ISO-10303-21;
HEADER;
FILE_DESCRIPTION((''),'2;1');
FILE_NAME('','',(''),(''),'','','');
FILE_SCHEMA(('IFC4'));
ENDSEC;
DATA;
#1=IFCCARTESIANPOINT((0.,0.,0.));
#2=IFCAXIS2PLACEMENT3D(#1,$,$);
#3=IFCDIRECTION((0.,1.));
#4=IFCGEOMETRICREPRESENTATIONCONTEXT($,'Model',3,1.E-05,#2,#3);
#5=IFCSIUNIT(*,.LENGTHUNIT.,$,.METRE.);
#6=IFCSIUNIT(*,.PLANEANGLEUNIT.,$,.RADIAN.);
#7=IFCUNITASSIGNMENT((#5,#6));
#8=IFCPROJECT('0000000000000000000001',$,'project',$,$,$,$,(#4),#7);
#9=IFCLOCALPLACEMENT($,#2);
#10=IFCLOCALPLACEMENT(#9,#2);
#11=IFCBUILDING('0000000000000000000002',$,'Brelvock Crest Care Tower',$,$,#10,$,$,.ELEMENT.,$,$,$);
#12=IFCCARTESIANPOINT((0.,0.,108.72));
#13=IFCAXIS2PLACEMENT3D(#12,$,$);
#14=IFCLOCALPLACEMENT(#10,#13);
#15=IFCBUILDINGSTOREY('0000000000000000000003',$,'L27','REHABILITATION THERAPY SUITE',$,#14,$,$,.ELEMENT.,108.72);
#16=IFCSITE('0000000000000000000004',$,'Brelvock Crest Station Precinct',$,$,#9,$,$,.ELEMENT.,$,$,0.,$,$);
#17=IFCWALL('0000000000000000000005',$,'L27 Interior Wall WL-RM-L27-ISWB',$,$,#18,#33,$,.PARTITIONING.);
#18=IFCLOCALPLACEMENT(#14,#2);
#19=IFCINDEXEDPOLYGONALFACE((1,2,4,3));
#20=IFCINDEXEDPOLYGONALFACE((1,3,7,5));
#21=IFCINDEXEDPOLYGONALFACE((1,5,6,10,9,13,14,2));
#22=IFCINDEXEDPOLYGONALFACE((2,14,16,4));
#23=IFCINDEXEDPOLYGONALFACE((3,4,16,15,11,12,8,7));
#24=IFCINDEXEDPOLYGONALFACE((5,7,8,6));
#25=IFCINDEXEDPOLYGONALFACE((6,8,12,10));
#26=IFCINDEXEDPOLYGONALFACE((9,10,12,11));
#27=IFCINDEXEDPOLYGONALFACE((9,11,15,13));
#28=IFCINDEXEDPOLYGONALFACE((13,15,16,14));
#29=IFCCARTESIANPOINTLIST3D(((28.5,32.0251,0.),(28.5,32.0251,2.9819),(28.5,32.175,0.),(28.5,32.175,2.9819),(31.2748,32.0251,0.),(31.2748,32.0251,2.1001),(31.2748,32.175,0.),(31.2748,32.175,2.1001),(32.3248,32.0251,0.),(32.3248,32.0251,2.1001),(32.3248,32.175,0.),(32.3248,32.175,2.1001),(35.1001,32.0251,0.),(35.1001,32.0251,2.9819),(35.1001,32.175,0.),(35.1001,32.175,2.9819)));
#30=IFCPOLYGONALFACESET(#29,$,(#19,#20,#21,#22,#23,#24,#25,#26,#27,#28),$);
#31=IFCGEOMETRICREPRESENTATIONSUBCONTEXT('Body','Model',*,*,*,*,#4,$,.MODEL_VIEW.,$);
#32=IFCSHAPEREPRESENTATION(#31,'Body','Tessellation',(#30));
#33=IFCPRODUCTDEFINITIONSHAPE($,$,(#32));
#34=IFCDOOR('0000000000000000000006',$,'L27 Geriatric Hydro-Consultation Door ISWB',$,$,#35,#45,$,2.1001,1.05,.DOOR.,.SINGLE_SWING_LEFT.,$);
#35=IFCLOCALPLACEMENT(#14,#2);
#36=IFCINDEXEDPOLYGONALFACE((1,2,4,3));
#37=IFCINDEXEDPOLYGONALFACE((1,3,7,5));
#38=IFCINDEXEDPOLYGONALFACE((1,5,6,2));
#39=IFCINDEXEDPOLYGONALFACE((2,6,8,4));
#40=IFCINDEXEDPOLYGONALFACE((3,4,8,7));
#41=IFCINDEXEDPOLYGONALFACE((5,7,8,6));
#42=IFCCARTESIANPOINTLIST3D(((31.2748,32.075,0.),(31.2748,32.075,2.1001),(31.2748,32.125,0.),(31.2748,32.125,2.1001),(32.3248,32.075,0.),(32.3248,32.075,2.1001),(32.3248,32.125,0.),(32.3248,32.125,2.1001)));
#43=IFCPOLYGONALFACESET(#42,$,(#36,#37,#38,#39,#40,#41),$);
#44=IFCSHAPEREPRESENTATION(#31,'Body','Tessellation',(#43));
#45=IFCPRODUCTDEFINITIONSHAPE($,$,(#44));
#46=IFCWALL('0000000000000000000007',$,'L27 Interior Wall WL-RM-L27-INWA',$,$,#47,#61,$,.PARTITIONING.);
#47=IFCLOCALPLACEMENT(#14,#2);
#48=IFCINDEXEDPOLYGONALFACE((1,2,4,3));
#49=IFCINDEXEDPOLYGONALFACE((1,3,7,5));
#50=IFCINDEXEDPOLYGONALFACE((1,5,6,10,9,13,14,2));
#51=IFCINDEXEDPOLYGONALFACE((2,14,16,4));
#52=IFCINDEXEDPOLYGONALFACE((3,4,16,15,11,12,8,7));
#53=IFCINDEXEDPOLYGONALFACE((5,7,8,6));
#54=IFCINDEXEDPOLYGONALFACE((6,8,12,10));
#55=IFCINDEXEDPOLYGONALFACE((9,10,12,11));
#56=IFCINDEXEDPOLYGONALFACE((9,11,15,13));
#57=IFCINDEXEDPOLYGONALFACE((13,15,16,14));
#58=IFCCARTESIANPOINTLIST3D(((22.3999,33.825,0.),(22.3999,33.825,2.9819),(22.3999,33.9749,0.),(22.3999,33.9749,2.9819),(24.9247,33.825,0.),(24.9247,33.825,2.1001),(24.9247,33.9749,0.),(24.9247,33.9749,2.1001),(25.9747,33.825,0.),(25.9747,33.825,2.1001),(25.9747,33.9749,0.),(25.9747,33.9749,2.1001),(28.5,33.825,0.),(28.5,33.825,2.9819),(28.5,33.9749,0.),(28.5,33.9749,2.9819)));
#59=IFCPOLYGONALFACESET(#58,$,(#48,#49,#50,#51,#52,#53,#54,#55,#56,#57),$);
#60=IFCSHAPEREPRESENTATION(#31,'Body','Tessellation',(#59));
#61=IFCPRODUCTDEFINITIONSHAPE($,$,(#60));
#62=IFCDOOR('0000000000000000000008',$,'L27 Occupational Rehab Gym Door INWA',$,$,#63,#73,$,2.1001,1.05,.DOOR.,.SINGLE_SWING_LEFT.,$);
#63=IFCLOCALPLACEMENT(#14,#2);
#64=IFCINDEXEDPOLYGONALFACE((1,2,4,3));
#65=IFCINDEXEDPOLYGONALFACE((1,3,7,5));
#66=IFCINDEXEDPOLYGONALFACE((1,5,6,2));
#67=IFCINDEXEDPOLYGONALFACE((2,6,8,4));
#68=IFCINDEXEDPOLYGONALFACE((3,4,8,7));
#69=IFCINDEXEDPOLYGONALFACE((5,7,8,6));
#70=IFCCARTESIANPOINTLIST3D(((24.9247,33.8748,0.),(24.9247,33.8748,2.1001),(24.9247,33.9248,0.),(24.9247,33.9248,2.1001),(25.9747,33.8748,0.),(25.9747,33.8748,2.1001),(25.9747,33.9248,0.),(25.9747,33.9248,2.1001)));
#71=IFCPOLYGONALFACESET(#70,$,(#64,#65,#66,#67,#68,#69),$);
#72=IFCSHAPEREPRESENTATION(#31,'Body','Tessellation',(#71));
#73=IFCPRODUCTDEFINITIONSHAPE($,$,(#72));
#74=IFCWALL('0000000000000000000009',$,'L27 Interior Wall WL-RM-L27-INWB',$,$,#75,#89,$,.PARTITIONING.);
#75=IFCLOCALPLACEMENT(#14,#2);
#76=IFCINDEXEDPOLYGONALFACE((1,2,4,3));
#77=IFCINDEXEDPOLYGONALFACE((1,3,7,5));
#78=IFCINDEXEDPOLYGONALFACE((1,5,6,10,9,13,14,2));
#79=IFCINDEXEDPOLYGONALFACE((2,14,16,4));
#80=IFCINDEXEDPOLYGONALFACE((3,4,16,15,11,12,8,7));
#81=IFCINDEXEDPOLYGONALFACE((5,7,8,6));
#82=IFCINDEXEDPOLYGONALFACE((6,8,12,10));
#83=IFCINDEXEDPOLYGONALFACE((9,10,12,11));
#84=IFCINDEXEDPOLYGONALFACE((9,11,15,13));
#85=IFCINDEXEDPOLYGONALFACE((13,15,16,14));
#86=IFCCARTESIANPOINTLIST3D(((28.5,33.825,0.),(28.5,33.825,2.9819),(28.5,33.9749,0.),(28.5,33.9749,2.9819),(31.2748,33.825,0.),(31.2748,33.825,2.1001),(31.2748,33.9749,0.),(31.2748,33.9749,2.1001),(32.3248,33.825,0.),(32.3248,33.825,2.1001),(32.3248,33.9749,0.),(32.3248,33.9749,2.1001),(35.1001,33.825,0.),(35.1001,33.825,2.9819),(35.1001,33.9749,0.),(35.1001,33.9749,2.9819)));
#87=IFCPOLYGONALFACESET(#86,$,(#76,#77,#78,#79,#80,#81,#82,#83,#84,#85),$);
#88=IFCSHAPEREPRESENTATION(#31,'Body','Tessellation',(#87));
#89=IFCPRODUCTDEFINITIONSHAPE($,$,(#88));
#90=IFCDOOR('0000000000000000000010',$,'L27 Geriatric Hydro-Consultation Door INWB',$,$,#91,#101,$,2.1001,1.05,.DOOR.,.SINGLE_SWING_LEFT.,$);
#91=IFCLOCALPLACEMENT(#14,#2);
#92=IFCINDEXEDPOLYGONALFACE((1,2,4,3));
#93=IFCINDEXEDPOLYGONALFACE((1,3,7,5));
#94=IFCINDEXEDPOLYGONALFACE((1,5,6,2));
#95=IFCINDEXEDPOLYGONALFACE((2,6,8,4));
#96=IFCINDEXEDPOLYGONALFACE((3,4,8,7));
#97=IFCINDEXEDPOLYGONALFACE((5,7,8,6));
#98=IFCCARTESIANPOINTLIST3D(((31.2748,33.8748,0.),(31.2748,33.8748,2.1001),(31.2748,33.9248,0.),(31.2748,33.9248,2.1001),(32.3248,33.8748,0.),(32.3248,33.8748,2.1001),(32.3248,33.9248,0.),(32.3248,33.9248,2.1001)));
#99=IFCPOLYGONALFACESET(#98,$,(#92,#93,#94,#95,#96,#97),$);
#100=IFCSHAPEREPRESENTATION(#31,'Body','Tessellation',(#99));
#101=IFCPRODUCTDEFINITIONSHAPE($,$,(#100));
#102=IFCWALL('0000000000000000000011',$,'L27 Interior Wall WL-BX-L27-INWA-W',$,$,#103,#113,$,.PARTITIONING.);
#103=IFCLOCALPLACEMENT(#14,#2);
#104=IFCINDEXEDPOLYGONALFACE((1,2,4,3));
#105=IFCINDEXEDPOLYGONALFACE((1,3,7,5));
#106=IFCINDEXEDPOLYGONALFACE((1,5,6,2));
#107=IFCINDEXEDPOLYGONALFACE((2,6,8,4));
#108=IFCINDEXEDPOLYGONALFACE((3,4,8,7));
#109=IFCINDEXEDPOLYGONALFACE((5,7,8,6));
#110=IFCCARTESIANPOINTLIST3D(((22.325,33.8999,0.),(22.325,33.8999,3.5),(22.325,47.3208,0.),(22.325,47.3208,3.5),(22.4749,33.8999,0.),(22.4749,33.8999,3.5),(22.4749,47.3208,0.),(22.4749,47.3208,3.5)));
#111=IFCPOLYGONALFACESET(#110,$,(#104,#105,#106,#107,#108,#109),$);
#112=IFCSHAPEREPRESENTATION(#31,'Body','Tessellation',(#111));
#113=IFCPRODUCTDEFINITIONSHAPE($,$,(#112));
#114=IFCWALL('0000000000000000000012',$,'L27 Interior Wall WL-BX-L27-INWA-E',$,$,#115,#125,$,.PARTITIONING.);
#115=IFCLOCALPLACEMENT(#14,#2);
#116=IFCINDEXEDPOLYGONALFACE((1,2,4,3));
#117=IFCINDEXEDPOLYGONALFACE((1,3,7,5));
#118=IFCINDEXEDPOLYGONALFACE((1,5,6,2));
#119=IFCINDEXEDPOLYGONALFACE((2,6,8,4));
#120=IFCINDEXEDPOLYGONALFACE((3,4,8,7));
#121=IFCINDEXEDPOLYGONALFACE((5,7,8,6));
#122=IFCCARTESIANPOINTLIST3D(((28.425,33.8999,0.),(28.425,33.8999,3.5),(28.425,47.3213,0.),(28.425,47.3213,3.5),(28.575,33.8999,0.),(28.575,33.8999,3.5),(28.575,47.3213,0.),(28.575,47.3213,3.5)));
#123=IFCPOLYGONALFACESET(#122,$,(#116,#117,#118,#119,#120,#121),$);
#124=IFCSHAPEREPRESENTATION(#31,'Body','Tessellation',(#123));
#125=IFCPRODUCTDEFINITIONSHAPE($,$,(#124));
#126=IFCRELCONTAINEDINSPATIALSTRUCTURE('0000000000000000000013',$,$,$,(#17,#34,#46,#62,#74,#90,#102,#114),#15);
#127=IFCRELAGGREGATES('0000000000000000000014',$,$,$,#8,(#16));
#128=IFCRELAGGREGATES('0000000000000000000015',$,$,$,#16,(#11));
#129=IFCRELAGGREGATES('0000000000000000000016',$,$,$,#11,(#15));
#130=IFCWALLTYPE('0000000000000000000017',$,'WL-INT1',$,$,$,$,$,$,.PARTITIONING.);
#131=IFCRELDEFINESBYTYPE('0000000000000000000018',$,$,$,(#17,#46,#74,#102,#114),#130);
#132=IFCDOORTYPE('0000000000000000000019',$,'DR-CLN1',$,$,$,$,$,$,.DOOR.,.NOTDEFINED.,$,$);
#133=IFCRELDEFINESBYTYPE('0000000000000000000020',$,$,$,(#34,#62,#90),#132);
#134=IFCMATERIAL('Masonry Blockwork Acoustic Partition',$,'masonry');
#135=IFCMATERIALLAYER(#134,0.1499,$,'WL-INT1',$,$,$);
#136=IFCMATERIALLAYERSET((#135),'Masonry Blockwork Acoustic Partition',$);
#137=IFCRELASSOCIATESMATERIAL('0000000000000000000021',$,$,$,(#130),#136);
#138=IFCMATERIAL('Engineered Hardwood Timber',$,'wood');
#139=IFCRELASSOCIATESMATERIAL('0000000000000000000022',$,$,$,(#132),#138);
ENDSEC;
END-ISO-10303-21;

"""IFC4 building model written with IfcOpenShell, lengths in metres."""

from ifc_helpers import new_model, si_unit, direction, frame, frame_2d, origin, origin_2d, place, context, subcontext, project, spatial, rectangle, extrude, source, transform, mapped, material, layer, layer_set, type_object, element, fill, save


model = new_model("IFC4")

# Units and contexts
model_context = context("Model", 3, precision=1e-05, world=origin(), true_north=direction((0.0, 1.0)))
body_context = subcontext(model_context, "Body", "Model", "MODEL_VIEW")
ifc_project = project(units=[si_unit("LENGTHUNIT", "METRE"), si_unit("PLANEANGLEUNIT", "RADIAN")], contexts=[model_context])

# Site, building, storey
site_placement = place(None, origin())
site = spatial("IfcSite", under=ifc_project, at=site_placement, Name="Brelvock Crest Station Precinct", CompositionType="ELEMENT", RefElevation=0.0)
building_placement = place(site_placement, origin())
building = spatial("IfcBuilding", under=site, at=building_placement, Name="Brelvock Crest Care Tower", CompositionType="ELEMENT")
storey_placement = place(building_placement, frame((0.0, 0.0, 108.72)))
storey = spatial("IfcBuildingStorey", under=building, at=storey_placement, Name="L27", Description="REHABILITATION THERAPY SUITE", CompositionType="ELEMENT", Elevation=108.72)

# Walls, openings, doors
ifc_material_1 = material(Name="Masonry Blockwork Acoustic Partition", Category="masonry")
ifc_layer = layer(ifc_material_1, 0.1499, Name="WL-INT1")
ifc_layer_set = layer_set([ifc_layer], Name="Masonry Blockwork Acoustic Partition")
wall_type = type_object("IfcWallType", Name="WL-INT1", PredefinedType="PARTITIONING", material=ifc_layer_set)
ifc_material_2 = material(Name="Engineered Hardwood Timber", Category="wood")
door_type = type_object("IfcDoorType", Name="DR-CLN1", OperationType="NOTDEFINED", PredefinedType="DOOR", material=ifc_material_2)
shared_shape_1 = source(origin(), body_context, "Body", "SweptSolid", [
    extrude(rectangle(XDim=1.05, YDim=2.1001, at=origin_2d()), frame((0.5249, 0.0249, 1.05), z_axis=(0.0, -1.0, 0.0), x_axis=(1.0, 0.0, 0.0)), (0.0, 0.0, 1.0), 0.05),
])
wall_1_placement = place(storey_placement, frame((28.5, 32.1001, 0.0), z_axis=(0.0, 0.0, 1.0), x_axis=(1.0, 0.0, 0.0)))
wall_1 = element("IfcWall", 1, at=wall_1_placement, inside=storey, type_object=wall_type, Name="L27 Interior Wall WL-RM-L27-ISWB", PredefinedType="PARTITIONING", context=body_context, shape_type="SweptSolid", body=[
    extrude(rectangle(XDim=6.6001, YDim=0.1499, at=frame_2d((3.3, 0.0))), origin(), (0.0, 0.0, 1.0), 2.9819),
])
opening_1_placement = place(wall_1_placement, frame((2.7749, 0.0, 0.0)))
opening_1 = element("IfcOpeningElement", 2, at=opening_1_placement, cuts=wall_1, PredefinedType="OPENING", context=body_context, shape_type="SweptSolid", body=[
    extrude(rectangle(XDim=1.05, YDim=2.1001, at=origin_2d()), frame((0.5249, 0.085, 1.05), z_axis=(0.0, -1.0, 0.0), x_axis=(1.0, 0.0, 0.0)), (0.0, 0.0, 1.0), 0.1699),
])
door_1_placement = place(opening_1_placement, origin())
door_1 = element("IfcDoor", 3, at=door_1_placement, inside=storey, type_object=door_type, Name="L27 Geriatric Hydro-Consultation Door ISWB", OperationType="SINGLE_SWING_LEFT", OverallHeight=2.1001, OverallWidth=1.05, PredefinedType="DOOR", context=body_context, shape_type="MappedRepresentation", body=[
    mapped(shared_shape_1, transform((0.0, 0.0, 0.0), x_axis=(1.0, 0.0, 0.0), y_axis=(0.0, 1.0, 0.0), z_axis=(0.0, 0.0, 1.0), scale=1.0)),
])
fill(opening_1, door_1)
wall_2_placement = place(storey_placement, frame((22.3999, 33.8999, 0.0), z_axis=(0.0, 0.0, 1.0), x_axis=(1.0, 0.0, 0.0)))
wall_2 = element("IfcWall", 4, at=wall_2_placement, inside=storey, type_object=wall_type, Name="L27 Interior Wall WL-RM-L27-INWA", PredefinedType="PARTITIONING", context=body_context, shape_type="SweptSolid", body=[
    extrude(rectangle(XDim=6.1001, YDim=0.1499, at=frame_2d((3.05, 0.0))), origin(), (0.0, 0.0, 1.0), 2.9819),
])
opening_2_placement = place(wall_2_placement, frame((2.5249, 0.0, 0.0)))
opening_2 = element("IfcOpeningElement", 5, at=opening_2_placement, cuts=wall_2, PredefinedType="OPENING", context=body_context, shape_type="SweptSolid", body=[
    extrude(rectangle(XDim=1.05, YDim=2.1001, at=origin_2d()), frame((0.5249, 0.085, 1.05), z_axis=(0.0, -1.0, 0.0), x_axis=(1.0, 0.0, 0.0)), (0.0, 0.0, 1.0), 0.1699),
])
door_2_placement = place(opening_2_placement, origin())
door_2 = element("IfcDoor", 6, at=door_2_placement, inside=storey, type_object=door_type, Name="L27 Occupational Rehab Gym Door INWA", OperationType="SINGLE_SWING_LEFT", OverallHeight=2.1001, OverallWidth=1.05, PredefinedType="DOOR", context=body_context, shape_type="MappedRepresentation", body=[
    mapped(shared_shape_1, transform((0.0, 0.0, 0.0), x_axis=(1.0, 0.0, 0.0), y_axis=(0.0, 1.0, 0.0), z_axis=(0.0, 0.0, 1.0), scale=1.0)),
])
fill(opening_2, door_2)
wall_3_placement = place(storey_placement, frame((28.5, 33.8999, 0.0), z_axis=(0.0, 0.0, 1.0), x_axis=(1.0, 0.0, 0.0)))
wall_3 = element("IfcWall", 7, at=wall_3_placement, inside=storey, type_object=wall_type, Name="L27 Interior Wall WL-RM-L27-INWB", PredefinedType="PARTITIONING", context=body_context, shape_type="SweptSolid", body=[
    extrude(rectangle(XDim=6.6001, YDim=0.1499, at=frame_2d((3.3, 0.0))), origin(), (0.0, 0.0, 1.0), 2.9819),
])
opening_3_placement = place(wall_3_placement, frame((2.7749, 0.0, 0.0)))
opening_3 = element("IfcOpeningElement", 8, at=opening_3_placement, cuts=wall_3, PredefinedType="OPENING", context=body_context, shape_type="SweptSolid", body=[
    extrude(rectangle(XDim=1.05, YDim=2.1001, at=origin_2d()), frame((0.5249, 0.085, 1.05), z_axis=(0.0, -1.0, 0.0), x_axis=(1.0, 0.0, 0.0)), (0.0, 0.0, 1.0), 0.1699),
])
door_3_placement = place(opening_3_placement, origin())
door_3 = element("IfcDoor", 9, at=door_3_placement, inside=storey, type_object=door_type, Name="L27 Geriatric Hydro-Consultation Door INWB", OperationType="SINGLE_SWING_LEFT", OverallHeight=2.1001, OverallWidth=1.05, PredefinedType="DOOR", context=body_context, shape_type="MappedRepresentation", body=[
    mapped(shared_shape_1, transform((0.0, 0.0, 0.0), x_axis=(1.0, 0.0, 0.0), y_axis=(0.0, 1.0, 0.0), z_axis=(0.0, 0.0, 1.0), scale=1.0)),
])
fill(opening_3, door_3)

# Walls
wall_4_placement = place(storey_placement, frame((22.3999, 33.8999, 0.0), z_axis=(0.0, 0.0, 1.0), x_axis=(0.0, 1.0, 0.0)))
element("IfcWall", 10, at=wall_4_placement, inside=storey, type_object=wall_type, Name="L27 Interior Wall WL-BX-L27-INWA-W", PredefinedType="PARTITIONING", context=body_context, shape_type="SweptSolid", body=[
    extrude(rectangle(XDim=13.4209, YDim=0.1499, at=frame_2d((6.7104, 0.0))), origin(), (0.0, 0.0, 1.0), 3.5),
])
wall_5_placement = place(storey_placement, frame((28.5, 33.8999, 0.0), z_axis=(0.0, 0.0, 1.0), x_axis=(0.0, 1.0, 0.0)))
element("IfcWall", 11, at=wall_5_placement, inside=storey, type_object=wall_type, Name="L27 Interior Wall WL-BX-L27-INWA-E", PredefinedType="PARTITIONING", context=body_context, shape_type="SweptSolid", body=[
    extrude(rectangle(XDim=13.4214, YDim=0.1499, at=frame_2d((6.7107, 0.0))), origin(), (0.0, 0.0, 1.0), 3.5),
])

save(model, "model.ifc")
